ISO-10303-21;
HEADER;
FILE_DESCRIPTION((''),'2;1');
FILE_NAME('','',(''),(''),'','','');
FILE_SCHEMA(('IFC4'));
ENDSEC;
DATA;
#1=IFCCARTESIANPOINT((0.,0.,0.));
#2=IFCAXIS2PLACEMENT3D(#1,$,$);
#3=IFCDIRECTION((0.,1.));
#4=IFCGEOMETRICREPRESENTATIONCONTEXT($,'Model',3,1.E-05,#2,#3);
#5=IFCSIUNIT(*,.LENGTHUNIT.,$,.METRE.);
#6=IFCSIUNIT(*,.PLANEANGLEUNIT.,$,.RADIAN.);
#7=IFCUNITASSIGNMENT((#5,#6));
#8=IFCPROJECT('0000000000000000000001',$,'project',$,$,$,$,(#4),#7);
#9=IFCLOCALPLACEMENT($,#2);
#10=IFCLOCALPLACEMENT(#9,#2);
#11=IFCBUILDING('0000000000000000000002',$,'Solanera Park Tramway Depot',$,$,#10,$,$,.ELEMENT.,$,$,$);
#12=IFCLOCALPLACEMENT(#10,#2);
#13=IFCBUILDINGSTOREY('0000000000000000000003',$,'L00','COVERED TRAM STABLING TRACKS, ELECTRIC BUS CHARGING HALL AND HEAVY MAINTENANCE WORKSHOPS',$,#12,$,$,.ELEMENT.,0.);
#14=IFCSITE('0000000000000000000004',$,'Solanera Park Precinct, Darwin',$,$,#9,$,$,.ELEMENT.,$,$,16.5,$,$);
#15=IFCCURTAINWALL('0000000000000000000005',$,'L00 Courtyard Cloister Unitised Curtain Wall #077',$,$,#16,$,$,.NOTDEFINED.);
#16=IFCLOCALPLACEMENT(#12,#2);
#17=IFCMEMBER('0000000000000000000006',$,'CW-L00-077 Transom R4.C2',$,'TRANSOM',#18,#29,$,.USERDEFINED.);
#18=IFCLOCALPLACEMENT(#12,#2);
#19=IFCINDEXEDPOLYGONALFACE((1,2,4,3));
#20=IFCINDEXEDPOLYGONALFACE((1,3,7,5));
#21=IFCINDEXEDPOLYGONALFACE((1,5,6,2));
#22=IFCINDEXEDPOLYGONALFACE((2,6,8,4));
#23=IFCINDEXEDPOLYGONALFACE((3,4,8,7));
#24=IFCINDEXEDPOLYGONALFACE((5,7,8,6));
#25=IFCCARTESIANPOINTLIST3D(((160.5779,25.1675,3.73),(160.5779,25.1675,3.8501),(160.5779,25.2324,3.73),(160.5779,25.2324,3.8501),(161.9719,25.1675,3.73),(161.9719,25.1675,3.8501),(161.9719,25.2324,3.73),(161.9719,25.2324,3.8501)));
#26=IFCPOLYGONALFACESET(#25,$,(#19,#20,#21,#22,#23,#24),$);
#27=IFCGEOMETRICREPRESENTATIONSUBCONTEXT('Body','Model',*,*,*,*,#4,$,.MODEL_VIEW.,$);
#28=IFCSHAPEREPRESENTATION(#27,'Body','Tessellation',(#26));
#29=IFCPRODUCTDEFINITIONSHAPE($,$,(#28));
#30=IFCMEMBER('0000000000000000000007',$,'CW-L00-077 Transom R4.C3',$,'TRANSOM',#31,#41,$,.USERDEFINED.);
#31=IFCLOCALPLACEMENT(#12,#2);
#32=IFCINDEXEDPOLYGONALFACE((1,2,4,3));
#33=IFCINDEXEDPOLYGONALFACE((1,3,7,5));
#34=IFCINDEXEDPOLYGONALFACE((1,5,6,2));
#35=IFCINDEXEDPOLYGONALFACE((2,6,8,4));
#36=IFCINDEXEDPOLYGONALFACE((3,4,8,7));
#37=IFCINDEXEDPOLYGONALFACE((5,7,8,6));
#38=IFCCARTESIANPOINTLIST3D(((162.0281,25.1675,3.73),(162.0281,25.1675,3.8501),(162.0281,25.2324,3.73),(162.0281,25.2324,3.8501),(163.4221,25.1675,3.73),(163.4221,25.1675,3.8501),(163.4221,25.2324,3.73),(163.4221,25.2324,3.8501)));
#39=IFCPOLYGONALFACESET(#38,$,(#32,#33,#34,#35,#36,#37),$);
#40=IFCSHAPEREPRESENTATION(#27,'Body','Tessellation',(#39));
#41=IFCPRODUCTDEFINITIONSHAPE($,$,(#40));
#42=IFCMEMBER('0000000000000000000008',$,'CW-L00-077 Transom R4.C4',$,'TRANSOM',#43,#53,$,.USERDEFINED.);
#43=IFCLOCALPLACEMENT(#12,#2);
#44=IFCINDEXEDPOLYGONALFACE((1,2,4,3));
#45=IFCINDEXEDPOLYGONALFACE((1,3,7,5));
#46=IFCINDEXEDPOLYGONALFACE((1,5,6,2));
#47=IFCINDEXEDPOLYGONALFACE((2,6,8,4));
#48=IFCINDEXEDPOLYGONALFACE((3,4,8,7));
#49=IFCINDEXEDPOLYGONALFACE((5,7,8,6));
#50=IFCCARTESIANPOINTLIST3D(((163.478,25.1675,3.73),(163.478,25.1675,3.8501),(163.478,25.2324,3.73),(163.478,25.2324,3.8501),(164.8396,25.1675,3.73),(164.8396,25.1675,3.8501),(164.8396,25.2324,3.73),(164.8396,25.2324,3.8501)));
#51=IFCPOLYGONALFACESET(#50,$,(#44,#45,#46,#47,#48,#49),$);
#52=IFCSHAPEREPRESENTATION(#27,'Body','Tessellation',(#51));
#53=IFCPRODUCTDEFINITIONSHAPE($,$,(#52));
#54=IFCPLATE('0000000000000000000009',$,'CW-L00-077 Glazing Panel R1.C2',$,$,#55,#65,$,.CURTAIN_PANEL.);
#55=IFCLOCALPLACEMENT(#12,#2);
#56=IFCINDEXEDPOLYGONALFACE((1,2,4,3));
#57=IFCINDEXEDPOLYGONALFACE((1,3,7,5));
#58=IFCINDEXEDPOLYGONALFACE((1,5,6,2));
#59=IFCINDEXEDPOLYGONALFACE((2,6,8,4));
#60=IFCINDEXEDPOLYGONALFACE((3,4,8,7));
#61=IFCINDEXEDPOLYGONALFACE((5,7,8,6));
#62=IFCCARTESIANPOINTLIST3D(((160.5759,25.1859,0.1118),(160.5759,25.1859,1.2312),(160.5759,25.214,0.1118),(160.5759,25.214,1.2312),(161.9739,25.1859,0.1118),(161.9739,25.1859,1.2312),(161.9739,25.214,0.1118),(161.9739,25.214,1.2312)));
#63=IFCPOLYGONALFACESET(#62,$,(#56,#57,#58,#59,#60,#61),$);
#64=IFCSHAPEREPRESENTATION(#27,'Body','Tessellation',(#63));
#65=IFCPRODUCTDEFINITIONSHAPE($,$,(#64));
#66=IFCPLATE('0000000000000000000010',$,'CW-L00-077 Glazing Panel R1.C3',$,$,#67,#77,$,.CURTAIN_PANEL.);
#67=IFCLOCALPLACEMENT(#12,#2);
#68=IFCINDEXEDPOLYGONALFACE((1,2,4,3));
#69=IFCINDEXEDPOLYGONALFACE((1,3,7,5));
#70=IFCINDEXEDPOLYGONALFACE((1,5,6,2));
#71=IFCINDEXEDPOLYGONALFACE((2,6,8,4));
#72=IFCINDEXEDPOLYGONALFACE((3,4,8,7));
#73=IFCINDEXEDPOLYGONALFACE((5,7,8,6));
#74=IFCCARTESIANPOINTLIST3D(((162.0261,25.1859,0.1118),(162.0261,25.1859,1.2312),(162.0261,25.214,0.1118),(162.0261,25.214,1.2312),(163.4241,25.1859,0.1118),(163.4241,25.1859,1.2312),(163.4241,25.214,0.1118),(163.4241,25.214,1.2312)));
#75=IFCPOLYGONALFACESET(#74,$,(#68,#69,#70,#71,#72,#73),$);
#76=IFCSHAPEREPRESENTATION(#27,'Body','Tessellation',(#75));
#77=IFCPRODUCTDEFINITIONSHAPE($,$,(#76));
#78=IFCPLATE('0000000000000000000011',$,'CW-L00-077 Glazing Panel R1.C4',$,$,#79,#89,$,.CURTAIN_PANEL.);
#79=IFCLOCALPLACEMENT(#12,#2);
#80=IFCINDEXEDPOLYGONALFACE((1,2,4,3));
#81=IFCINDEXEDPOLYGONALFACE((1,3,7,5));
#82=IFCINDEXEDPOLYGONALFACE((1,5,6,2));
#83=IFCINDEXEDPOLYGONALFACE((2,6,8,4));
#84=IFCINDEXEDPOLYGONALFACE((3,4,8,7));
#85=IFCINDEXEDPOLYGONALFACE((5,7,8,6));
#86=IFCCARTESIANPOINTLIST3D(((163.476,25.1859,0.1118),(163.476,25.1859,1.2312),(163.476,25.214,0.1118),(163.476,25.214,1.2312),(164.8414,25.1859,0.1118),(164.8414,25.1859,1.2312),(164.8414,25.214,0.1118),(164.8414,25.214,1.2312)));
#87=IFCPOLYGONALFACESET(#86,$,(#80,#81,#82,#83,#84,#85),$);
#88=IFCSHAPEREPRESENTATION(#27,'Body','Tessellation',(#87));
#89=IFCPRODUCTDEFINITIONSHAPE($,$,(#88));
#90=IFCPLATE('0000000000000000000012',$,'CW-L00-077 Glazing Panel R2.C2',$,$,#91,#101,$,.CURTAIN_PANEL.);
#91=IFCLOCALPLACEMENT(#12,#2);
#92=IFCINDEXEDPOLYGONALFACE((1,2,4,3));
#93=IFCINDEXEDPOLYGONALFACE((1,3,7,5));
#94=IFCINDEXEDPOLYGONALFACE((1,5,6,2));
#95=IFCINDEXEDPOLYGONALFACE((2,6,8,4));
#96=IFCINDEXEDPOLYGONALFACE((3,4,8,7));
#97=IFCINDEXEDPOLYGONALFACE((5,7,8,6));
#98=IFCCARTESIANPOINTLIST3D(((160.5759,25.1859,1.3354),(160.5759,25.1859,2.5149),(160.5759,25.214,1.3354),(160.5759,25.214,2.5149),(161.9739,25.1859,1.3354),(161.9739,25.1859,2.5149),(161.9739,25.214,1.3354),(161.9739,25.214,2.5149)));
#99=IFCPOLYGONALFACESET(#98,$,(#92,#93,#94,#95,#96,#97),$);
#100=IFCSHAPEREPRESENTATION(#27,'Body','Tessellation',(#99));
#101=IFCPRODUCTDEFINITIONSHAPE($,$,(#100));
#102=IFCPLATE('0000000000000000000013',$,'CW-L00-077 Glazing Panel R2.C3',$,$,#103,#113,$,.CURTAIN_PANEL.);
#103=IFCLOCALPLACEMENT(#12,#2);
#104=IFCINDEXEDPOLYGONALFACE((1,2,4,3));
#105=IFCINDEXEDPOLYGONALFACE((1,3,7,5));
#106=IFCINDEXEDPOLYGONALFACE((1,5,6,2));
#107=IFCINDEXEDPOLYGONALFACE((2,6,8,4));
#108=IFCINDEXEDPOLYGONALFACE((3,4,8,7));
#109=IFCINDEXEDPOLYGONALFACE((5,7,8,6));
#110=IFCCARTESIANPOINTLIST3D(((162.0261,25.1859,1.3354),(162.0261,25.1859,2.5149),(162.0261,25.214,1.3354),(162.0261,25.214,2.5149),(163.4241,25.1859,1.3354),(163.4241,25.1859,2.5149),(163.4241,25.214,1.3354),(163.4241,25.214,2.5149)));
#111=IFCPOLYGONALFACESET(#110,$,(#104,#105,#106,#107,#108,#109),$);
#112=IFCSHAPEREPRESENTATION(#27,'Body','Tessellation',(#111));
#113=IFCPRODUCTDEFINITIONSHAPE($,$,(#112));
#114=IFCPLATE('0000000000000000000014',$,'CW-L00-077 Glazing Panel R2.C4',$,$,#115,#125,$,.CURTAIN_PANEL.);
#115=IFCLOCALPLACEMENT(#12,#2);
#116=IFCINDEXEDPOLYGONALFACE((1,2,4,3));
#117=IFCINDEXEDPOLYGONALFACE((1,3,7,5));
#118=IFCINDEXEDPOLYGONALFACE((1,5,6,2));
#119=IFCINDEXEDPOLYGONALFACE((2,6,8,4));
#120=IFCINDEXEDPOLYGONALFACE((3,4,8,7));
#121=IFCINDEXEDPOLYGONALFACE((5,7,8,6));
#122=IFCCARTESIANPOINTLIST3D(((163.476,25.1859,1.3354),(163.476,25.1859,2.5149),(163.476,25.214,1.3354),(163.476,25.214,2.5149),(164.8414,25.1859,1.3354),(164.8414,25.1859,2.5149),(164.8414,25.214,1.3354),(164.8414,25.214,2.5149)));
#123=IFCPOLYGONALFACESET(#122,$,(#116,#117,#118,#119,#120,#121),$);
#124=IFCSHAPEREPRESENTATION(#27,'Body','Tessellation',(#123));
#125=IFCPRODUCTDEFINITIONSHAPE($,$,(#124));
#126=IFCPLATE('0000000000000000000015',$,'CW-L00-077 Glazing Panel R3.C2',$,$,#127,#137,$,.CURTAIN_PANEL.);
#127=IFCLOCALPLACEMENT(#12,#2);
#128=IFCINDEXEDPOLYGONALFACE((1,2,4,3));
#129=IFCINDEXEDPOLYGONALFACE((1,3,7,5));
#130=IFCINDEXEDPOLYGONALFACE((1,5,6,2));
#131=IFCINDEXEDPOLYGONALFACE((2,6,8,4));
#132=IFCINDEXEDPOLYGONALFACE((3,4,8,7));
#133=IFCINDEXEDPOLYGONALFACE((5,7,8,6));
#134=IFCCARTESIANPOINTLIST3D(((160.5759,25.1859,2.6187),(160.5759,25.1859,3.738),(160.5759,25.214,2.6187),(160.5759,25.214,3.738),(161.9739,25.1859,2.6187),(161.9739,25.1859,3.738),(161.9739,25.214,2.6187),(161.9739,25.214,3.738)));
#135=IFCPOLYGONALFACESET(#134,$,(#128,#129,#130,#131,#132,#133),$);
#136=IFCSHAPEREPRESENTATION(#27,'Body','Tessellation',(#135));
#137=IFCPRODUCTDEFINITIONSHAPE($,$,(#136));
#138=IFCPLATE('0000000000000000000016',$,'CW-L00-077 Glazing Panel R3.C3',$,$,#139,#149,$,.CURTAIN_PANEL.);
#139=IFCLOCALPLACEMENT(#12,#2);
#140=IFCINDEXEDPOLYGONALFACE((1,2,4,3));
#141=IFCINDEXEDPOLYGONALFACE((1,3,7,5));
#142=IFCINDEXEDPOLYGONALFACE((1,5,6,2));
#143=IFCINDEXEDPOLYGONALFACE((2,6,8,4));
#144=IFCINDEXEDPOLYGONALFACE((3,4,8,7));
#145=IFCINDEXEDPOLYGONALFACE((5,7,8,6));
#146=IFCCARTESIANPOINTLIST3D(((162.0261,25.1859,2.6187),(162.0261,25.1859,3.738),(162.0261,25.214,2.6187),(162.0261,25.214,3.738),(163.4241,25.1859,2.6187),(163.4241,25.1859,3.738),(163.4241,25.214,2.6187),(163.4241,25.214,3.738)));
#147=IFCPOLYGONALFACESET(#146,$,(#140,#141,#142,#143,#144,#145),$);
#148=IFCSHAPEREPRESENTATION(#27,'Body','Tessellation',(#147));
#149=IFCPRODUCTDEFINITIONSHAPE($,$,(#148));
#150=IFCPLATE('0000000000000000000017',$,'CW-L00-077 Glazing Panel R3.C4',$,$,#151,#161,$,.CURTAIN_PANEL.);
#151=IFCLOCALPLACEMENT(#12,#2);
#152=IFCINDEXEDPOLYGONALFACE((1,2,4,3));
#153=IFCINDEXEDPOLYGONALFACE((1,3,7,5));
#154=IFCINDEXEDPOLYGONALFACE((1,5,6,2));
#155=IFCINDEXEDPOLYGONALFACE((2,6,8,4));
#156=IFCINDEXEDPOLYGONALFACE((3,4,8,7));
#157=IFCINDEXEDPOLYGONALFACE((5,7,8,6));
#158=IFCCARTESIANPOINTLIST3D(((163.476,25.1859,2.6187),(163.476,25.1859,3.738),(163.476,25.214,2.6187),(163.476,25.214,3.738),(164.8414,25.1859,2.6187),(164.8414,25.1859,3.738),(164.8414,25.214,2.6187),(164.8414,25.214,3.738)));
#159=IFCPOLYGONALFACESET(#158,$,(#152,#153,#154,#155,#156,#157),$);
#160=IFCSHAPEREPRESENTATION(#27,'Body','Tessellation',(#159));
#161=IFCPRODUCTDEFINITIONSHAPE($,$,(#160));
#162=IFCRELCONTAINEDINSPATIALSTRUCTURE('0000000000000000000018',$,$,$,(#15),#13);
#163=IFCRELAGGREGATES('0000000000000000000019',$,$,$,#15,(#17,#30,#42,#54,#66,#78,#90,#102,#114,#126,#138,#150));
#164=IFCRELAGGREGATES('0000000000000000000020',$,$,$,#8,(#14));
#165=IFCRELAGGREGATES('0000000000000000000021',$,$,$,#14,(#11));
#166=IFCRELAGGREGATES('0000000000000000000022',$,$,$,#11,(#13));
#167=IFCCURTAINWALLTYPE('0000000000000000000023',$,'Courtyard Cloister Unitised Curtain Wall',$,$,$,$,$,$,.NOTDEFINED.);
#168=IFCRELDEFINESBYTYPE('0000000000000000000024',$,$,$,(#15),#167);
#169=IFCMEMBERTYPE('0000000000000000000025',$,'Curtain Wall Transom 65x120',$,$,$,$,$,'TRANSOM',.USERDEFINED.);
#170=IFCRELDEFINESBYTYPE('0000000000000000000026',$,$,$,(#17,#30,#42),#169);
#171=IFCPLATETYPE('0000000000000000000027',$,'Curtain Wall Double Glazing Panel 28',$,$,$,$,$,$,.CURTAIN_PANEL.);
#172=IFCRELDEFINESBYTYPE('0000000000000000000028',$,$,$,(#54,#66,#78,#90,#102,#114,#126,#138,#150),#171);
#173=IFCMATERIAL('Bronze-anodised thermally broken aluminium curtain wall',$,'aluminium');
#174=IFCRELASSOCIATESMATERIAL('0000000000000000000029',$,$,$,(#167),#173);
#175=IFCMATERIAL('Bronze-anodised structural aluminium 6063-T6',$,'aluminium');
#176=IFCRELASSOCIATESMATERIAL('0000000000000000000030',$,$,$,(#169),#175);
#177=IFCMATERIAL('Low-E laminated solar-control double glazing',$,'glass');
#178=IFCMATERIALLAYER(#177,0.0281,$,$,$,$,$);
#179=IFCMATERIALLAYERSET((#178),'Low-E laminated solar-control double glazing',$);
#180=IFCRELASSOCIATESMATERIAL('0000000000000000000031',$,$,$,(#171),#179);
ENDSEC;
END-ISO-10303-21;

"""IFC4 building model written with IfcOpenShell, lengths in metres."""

from ifc_helpers import new_model, si_unit, direction, frame, origin, origin_2d, place, context, subcontext, project, spatial, rectangle, extrude, material, layer, layer_set, material_profile, profile_set, type_object, element, aggregate, save


model = new_model("IFC4")

# Units and contexts
model_context = context("Model", 3, precision=1e-05, world=origin(), true_north=direction((0.0, 1.0)))
body_context = subcontext(model_context, "Body", "Model", "MODEL_VIEW")
ifc_project = project(units=[si_unit("LENGTHUNIT", "METRE"), si_unit("PLANEANGLEUNIT", "RADIAN")], contexts=[model_context])

# Site, building, storey
site_placement = place(None, origin())
site = spatial("IfcSite", under=ifc_project, at=site_placement, Name="Solanera Park Precinct, Darwin", CompositionType="ELEMENT", RefElevation=16.5)
building_placement = place(site_placement, origin())
building = spatial("IfcBuilding", under=site, at=building_placement, Name="Solanera Park Tramway Depot", CompositionType="ELEMENT")
storey_placement = place(building_placement, origin())
storey = spatial("IfcBuildingStorey", under=building, at=storey_placement, Name="L00", Description="COVERED TRAM STABLING TRACKS, ELECTRIC BUS CHARGING HALL AND HEAVY MAINTENANCE WORKSHOPS", CompositionType="ELEMENT", Elevation=0.0)

# Curtain wall, members, plates
ifc_material_1 = material(Name="Bronze-anodised thermally broken aluminium curtain wall", Category="aluminium")
curtain_wall_type = type_object("IfcCurtainWallType", Name="Courtyard Cloister Unitised Curtain Wall", PredefinedType="NOTDEFINED", material=ifc_material_1)
curtain_wall_placement = place(storey_placement, origin())
curtain_wall = element("IfcCurtainWall", 1, at=curtain_wall_placement, inside=storey, type_object=curtain_wall_type, Name="L00 Courtyard Cloister Unitised Curtain Wall #077", PredefinedType="NOTDEFINED")
ifc_material_2 = material(Name="Bronze-anodised structural aluminium 6063-T6", Category="aluminium")
ifc_material_profile_1 = material_profile(ifc_material_2, rectangle(XDim=0.0649, YDim=0.1201, at=origin_2d()), Name="Curtain Wall Transom 65x120")
ifc_profile_set_1 = profile_set([ifc_material_profile_1], Name="Bronze-anodised structural aluminium 6063-T6")
member_type_1 = type_object("IfcMemberType", Name="Curtain Wall Transom 65x120", ElementType="TRANSOM", PredefinedType="USERDEFINED", material=ifc_profile_set_1)
member_1_placement = place(storey_placement, frame((160.5779, 25.2, 3.79), z_axis=(1.0, 0.0, 0.0), x_axis=(0.0, 1.0, 0.0)))
member_1 = element("IfcMember", 2, at=member_1_placement, type_object=member_type_1, Name="CW-L00-077 Transom R4.C2", ObjectType="TRANSOM", PredefinedType="USERDEFINED", context=body_context, shape_type="SweptSolid", body=[
    extrude(rectangle(XDim=0.0649, YDim=0.1201, at=origin_2d()), origin(), (0.0, 0.0, 1.0), 1.394),
])
member_2_placement = place(storey_placement, frame((162.0281, 25.2, 3.79), z_axis=(1.0, 0.0, 0.0), x_axis=(0.0, 1.0, 0.0)))
member_2 = element("IfcMember", 3, at=member_2_placement, type_object=member_type_1, Name="CW-L00-077 Transom R4.C3", ObjectType="TRANSOM", PredefinedType="USERDEFINED", context=body_context, shape_type="SweptSolid", body=[
    extrude(rectangle(XDim=0.0649, YDim=0.1201, at=origin_2d()), origin(), (0.0, 0.0, 1.0), 1.394),
])
member_3_placement = place(storey_placement, frame((163.478, 25.2, 3.79), z_axis=(1.0, 0.0, 0.0), x_axis=(0.0, 1.0, 0.0)))
member_3 = element("IfcMember", 4, at=member_3_placement, type_object=member_type_1, Name="CW-L00-077 Transom R4.C4", ObjectType="TRANSOM", PredefinedType="USERDEFINED", context=body_context, shape_type="SweptSolid", body=[
    extrude(rectangle(XDim=0.0649, YDim=0.1201, at=origin_2d()), origin(), (0.0, 0.0, 1.0), 1.3616),
])
ifc_material_3 = material(Name="Low-E laminated solar-control double glazing", Category="glass")
ifc_layer = layer(ifc_material_3, 0.0281)
ifc_layer_set = layer_set([ifc_layer], Name="Low-E laminated solar-control double glazing")
plate_type = type_object("IfcPlateType", Name="Curtain Wall Double Glazing Panel 28", PredefinedType="CURTAIN_PANEL", material=ifc_layer_set)
plate_1_placement = place(storey_placement, frame((161.2749, 25.2, 0.1118), z_axis=(0.0, 0.0, 1.0), x_axis=(1.0, 0.0, 0.0)))
plate_1 = element("IfcPlate", 5, at=plate_1_placement, type_object=plate_type, Name="CW-L00-077 Glazing Panel R1.C2", PredefinedType="CURTAIN_PANEL", context=body_context, shape_type="SweptSolid", body=[
    extrude(rectangle(XDim=1.3979, YDim=0.0281, at=origin_2d()), origin(), (0.0, 0.0, 1.0), 1.1194),
])
plate_2_placement = place(storey_placement, frame((162.7251, 25.2, 0.1118), z_axis=(0.0, 0.0, 1.0), x_axis=(1.0, 0.0, 0.0)))
plate_2 = element("IfcPlate", 6, at=plate_2_placement, type_object=plate_type, Name="CW-L00-077 Glazing Panel R1.C3", PredefinedType="CURTAIN_PANEL", context=body_context, shape_type="SweptSolid", body=[
    extrude(rectangle(XDim=1.3979, YDim=0.0281, at=origin_2d()), origin(), (0.0, 0.0, 1.0), 1.1194),
])
plate_3_placement = place(storey_placement, frame((164.1587, 25.2, 0.1118), z_axis=(0.0, 0.0, 1.0), x_axis=(1.0, 0.0, 0.0)))
plate_3 = element("IfcPlate", 7, at=plate_3_placement, type_object=plate_type, Name="CW-L00-077 Glazing Panel R1.C4", PredefinedType="CURTAIN_PANEL", context=body_context, shape_type="SweptSolid", body=[
    extrude(rectangle(XDim=1.3655, YDim=0.0281, at=origin_2d()), origin(), (0.0, 0.0, 1.0), 1.1194),
])
plate_4_placement = place(storey_placement, frame((161.2749, 25.2, 1.3354), z_axis=(0.0, 0.0, 1.0), x_axis=(1.0, 0.0, 0.0)))
plate_4 = element("IfcPlate", 8, at=plate_4_placement, type_object=plate_type, Name="CW-L00-077 Glazing Panel R2.C2", PredefinedType="CURTAIN_PANEL", context=body_context, shape_type="SweptSolid", body=[
    extrude(rectangle(XDim=1.3979, YDim=0.0281, at=origin_2d()), origin(), (0.0, 0.0, 1.0), 1.1794),
])
plate_5_placement = place(storey_placement, frame((162.7251, 25.2, 1.3354), z_axis=(0.0, 0.0, 1.0), x_axis=(1.0, 0.0, 0.0)))
plate_5 = element("IfcPlate", 9, at=plate_5_placement, type_object=plate_type, Name="CW-L00-077 Glazing Panel R2.C3", PredefinedType="CURTAIN_PANEL", context=body_context, shape_type="SweptSolid", body=[
    extrude(rectangle(XDim=1.3979, YDim=0.0281, at=origin_2d()), origin(), (0.0, 0.0, 1.0), 1.1794),
])
plate_6_placement = place(storey_placement, frame((164.1587, 25.2, 1.3354), z_axis=(0.0, 0.0, 1.0), x_axis=(1.0, 0.0, 0.0)))
plate_6 = element("IfcPlate", 10, at=plate_6_placement, type_object=plate_type, Name="CW-L00-077 Glazing Panel R2.C4", PredefinedType="CURTAIN_PANEL", context=body_context, shape_type="SweptSolid", body=[
    extrude(rectangle(XDim=1.3655, YDim=0.0281, at=origin_2d()), origin(), (0.0, 0.0, 1.0), 1.1794),
])
plate_7_placement = place(storey_placement, frame((161.2749, 25.2, 2.6187), z_axis=(0.0, 0.0, 1.0), x_axis=(1.0, 0.0, 0.0)))
plate_7 = element("IfcPlate", 11, at=plate_7_placement, type_object=plate_type, Name="CW-L00-077 Glazing Panel R3.C2", PredefinedType="CURTAIN_PANEL", context=body_context, shape_type="SweptSolid", body=[
    extrude(rectangle(XDim=1.3979, YDim=0.0281, at=origin_2d()), origin(), (0.0, 0.0, 1.0), 1.1194),
])
plate_8_placement = place(storey_placement, frame((162.7251, 25.2, 2.6187), z_axis=(0.0, 0.0, 1.0), x_axis=(1.0, 0.0, 0.0)))
plate_8 = element("IfcPlate", 12, at=plate_8_placement, type_object=plate_type, Name="CW-L00-077 Glazing Panel R3.C3", PredefinedType="CURTAIN_PANEL", context=body_context, shape_type="SweptSolid", body=[
    extrude(rectangle(XDim=1.3979, YDim=0.0281, at=origin_2d()), origin(), (0.0, 0.0, 1.0), 1.1194),
])
plate_9_placement = place(storey_placement, frame((164.1587, 25.2, 2.6187), z_axis=(0.0, 0.0, 1.0), x_axis=(1.0, 0.0, 0.0)))
plate_9 = element("IfcPlate", 13, at=plate_9_placement, type_object=plate_type, Name="CW-L00-077 Glazing Panel R3.C4", PredefinedType="CURTAIN_PANEL", context=body_context, shape_type="SweptSolid", body=[
    extrude(rectangle(XDim=1.3655, YDim=0.0281, at=origin_2d()), origin(), (0.0, 0.0, 1.0), 1.1194),
])
aggregate(curtain_wall, [member_1, member_2, member_3, plate_1, plate_2, plate_3, plate_4, plate_5, plate_6, plate_7, plate_8, plate_9])

save(model, "model.ifc")
